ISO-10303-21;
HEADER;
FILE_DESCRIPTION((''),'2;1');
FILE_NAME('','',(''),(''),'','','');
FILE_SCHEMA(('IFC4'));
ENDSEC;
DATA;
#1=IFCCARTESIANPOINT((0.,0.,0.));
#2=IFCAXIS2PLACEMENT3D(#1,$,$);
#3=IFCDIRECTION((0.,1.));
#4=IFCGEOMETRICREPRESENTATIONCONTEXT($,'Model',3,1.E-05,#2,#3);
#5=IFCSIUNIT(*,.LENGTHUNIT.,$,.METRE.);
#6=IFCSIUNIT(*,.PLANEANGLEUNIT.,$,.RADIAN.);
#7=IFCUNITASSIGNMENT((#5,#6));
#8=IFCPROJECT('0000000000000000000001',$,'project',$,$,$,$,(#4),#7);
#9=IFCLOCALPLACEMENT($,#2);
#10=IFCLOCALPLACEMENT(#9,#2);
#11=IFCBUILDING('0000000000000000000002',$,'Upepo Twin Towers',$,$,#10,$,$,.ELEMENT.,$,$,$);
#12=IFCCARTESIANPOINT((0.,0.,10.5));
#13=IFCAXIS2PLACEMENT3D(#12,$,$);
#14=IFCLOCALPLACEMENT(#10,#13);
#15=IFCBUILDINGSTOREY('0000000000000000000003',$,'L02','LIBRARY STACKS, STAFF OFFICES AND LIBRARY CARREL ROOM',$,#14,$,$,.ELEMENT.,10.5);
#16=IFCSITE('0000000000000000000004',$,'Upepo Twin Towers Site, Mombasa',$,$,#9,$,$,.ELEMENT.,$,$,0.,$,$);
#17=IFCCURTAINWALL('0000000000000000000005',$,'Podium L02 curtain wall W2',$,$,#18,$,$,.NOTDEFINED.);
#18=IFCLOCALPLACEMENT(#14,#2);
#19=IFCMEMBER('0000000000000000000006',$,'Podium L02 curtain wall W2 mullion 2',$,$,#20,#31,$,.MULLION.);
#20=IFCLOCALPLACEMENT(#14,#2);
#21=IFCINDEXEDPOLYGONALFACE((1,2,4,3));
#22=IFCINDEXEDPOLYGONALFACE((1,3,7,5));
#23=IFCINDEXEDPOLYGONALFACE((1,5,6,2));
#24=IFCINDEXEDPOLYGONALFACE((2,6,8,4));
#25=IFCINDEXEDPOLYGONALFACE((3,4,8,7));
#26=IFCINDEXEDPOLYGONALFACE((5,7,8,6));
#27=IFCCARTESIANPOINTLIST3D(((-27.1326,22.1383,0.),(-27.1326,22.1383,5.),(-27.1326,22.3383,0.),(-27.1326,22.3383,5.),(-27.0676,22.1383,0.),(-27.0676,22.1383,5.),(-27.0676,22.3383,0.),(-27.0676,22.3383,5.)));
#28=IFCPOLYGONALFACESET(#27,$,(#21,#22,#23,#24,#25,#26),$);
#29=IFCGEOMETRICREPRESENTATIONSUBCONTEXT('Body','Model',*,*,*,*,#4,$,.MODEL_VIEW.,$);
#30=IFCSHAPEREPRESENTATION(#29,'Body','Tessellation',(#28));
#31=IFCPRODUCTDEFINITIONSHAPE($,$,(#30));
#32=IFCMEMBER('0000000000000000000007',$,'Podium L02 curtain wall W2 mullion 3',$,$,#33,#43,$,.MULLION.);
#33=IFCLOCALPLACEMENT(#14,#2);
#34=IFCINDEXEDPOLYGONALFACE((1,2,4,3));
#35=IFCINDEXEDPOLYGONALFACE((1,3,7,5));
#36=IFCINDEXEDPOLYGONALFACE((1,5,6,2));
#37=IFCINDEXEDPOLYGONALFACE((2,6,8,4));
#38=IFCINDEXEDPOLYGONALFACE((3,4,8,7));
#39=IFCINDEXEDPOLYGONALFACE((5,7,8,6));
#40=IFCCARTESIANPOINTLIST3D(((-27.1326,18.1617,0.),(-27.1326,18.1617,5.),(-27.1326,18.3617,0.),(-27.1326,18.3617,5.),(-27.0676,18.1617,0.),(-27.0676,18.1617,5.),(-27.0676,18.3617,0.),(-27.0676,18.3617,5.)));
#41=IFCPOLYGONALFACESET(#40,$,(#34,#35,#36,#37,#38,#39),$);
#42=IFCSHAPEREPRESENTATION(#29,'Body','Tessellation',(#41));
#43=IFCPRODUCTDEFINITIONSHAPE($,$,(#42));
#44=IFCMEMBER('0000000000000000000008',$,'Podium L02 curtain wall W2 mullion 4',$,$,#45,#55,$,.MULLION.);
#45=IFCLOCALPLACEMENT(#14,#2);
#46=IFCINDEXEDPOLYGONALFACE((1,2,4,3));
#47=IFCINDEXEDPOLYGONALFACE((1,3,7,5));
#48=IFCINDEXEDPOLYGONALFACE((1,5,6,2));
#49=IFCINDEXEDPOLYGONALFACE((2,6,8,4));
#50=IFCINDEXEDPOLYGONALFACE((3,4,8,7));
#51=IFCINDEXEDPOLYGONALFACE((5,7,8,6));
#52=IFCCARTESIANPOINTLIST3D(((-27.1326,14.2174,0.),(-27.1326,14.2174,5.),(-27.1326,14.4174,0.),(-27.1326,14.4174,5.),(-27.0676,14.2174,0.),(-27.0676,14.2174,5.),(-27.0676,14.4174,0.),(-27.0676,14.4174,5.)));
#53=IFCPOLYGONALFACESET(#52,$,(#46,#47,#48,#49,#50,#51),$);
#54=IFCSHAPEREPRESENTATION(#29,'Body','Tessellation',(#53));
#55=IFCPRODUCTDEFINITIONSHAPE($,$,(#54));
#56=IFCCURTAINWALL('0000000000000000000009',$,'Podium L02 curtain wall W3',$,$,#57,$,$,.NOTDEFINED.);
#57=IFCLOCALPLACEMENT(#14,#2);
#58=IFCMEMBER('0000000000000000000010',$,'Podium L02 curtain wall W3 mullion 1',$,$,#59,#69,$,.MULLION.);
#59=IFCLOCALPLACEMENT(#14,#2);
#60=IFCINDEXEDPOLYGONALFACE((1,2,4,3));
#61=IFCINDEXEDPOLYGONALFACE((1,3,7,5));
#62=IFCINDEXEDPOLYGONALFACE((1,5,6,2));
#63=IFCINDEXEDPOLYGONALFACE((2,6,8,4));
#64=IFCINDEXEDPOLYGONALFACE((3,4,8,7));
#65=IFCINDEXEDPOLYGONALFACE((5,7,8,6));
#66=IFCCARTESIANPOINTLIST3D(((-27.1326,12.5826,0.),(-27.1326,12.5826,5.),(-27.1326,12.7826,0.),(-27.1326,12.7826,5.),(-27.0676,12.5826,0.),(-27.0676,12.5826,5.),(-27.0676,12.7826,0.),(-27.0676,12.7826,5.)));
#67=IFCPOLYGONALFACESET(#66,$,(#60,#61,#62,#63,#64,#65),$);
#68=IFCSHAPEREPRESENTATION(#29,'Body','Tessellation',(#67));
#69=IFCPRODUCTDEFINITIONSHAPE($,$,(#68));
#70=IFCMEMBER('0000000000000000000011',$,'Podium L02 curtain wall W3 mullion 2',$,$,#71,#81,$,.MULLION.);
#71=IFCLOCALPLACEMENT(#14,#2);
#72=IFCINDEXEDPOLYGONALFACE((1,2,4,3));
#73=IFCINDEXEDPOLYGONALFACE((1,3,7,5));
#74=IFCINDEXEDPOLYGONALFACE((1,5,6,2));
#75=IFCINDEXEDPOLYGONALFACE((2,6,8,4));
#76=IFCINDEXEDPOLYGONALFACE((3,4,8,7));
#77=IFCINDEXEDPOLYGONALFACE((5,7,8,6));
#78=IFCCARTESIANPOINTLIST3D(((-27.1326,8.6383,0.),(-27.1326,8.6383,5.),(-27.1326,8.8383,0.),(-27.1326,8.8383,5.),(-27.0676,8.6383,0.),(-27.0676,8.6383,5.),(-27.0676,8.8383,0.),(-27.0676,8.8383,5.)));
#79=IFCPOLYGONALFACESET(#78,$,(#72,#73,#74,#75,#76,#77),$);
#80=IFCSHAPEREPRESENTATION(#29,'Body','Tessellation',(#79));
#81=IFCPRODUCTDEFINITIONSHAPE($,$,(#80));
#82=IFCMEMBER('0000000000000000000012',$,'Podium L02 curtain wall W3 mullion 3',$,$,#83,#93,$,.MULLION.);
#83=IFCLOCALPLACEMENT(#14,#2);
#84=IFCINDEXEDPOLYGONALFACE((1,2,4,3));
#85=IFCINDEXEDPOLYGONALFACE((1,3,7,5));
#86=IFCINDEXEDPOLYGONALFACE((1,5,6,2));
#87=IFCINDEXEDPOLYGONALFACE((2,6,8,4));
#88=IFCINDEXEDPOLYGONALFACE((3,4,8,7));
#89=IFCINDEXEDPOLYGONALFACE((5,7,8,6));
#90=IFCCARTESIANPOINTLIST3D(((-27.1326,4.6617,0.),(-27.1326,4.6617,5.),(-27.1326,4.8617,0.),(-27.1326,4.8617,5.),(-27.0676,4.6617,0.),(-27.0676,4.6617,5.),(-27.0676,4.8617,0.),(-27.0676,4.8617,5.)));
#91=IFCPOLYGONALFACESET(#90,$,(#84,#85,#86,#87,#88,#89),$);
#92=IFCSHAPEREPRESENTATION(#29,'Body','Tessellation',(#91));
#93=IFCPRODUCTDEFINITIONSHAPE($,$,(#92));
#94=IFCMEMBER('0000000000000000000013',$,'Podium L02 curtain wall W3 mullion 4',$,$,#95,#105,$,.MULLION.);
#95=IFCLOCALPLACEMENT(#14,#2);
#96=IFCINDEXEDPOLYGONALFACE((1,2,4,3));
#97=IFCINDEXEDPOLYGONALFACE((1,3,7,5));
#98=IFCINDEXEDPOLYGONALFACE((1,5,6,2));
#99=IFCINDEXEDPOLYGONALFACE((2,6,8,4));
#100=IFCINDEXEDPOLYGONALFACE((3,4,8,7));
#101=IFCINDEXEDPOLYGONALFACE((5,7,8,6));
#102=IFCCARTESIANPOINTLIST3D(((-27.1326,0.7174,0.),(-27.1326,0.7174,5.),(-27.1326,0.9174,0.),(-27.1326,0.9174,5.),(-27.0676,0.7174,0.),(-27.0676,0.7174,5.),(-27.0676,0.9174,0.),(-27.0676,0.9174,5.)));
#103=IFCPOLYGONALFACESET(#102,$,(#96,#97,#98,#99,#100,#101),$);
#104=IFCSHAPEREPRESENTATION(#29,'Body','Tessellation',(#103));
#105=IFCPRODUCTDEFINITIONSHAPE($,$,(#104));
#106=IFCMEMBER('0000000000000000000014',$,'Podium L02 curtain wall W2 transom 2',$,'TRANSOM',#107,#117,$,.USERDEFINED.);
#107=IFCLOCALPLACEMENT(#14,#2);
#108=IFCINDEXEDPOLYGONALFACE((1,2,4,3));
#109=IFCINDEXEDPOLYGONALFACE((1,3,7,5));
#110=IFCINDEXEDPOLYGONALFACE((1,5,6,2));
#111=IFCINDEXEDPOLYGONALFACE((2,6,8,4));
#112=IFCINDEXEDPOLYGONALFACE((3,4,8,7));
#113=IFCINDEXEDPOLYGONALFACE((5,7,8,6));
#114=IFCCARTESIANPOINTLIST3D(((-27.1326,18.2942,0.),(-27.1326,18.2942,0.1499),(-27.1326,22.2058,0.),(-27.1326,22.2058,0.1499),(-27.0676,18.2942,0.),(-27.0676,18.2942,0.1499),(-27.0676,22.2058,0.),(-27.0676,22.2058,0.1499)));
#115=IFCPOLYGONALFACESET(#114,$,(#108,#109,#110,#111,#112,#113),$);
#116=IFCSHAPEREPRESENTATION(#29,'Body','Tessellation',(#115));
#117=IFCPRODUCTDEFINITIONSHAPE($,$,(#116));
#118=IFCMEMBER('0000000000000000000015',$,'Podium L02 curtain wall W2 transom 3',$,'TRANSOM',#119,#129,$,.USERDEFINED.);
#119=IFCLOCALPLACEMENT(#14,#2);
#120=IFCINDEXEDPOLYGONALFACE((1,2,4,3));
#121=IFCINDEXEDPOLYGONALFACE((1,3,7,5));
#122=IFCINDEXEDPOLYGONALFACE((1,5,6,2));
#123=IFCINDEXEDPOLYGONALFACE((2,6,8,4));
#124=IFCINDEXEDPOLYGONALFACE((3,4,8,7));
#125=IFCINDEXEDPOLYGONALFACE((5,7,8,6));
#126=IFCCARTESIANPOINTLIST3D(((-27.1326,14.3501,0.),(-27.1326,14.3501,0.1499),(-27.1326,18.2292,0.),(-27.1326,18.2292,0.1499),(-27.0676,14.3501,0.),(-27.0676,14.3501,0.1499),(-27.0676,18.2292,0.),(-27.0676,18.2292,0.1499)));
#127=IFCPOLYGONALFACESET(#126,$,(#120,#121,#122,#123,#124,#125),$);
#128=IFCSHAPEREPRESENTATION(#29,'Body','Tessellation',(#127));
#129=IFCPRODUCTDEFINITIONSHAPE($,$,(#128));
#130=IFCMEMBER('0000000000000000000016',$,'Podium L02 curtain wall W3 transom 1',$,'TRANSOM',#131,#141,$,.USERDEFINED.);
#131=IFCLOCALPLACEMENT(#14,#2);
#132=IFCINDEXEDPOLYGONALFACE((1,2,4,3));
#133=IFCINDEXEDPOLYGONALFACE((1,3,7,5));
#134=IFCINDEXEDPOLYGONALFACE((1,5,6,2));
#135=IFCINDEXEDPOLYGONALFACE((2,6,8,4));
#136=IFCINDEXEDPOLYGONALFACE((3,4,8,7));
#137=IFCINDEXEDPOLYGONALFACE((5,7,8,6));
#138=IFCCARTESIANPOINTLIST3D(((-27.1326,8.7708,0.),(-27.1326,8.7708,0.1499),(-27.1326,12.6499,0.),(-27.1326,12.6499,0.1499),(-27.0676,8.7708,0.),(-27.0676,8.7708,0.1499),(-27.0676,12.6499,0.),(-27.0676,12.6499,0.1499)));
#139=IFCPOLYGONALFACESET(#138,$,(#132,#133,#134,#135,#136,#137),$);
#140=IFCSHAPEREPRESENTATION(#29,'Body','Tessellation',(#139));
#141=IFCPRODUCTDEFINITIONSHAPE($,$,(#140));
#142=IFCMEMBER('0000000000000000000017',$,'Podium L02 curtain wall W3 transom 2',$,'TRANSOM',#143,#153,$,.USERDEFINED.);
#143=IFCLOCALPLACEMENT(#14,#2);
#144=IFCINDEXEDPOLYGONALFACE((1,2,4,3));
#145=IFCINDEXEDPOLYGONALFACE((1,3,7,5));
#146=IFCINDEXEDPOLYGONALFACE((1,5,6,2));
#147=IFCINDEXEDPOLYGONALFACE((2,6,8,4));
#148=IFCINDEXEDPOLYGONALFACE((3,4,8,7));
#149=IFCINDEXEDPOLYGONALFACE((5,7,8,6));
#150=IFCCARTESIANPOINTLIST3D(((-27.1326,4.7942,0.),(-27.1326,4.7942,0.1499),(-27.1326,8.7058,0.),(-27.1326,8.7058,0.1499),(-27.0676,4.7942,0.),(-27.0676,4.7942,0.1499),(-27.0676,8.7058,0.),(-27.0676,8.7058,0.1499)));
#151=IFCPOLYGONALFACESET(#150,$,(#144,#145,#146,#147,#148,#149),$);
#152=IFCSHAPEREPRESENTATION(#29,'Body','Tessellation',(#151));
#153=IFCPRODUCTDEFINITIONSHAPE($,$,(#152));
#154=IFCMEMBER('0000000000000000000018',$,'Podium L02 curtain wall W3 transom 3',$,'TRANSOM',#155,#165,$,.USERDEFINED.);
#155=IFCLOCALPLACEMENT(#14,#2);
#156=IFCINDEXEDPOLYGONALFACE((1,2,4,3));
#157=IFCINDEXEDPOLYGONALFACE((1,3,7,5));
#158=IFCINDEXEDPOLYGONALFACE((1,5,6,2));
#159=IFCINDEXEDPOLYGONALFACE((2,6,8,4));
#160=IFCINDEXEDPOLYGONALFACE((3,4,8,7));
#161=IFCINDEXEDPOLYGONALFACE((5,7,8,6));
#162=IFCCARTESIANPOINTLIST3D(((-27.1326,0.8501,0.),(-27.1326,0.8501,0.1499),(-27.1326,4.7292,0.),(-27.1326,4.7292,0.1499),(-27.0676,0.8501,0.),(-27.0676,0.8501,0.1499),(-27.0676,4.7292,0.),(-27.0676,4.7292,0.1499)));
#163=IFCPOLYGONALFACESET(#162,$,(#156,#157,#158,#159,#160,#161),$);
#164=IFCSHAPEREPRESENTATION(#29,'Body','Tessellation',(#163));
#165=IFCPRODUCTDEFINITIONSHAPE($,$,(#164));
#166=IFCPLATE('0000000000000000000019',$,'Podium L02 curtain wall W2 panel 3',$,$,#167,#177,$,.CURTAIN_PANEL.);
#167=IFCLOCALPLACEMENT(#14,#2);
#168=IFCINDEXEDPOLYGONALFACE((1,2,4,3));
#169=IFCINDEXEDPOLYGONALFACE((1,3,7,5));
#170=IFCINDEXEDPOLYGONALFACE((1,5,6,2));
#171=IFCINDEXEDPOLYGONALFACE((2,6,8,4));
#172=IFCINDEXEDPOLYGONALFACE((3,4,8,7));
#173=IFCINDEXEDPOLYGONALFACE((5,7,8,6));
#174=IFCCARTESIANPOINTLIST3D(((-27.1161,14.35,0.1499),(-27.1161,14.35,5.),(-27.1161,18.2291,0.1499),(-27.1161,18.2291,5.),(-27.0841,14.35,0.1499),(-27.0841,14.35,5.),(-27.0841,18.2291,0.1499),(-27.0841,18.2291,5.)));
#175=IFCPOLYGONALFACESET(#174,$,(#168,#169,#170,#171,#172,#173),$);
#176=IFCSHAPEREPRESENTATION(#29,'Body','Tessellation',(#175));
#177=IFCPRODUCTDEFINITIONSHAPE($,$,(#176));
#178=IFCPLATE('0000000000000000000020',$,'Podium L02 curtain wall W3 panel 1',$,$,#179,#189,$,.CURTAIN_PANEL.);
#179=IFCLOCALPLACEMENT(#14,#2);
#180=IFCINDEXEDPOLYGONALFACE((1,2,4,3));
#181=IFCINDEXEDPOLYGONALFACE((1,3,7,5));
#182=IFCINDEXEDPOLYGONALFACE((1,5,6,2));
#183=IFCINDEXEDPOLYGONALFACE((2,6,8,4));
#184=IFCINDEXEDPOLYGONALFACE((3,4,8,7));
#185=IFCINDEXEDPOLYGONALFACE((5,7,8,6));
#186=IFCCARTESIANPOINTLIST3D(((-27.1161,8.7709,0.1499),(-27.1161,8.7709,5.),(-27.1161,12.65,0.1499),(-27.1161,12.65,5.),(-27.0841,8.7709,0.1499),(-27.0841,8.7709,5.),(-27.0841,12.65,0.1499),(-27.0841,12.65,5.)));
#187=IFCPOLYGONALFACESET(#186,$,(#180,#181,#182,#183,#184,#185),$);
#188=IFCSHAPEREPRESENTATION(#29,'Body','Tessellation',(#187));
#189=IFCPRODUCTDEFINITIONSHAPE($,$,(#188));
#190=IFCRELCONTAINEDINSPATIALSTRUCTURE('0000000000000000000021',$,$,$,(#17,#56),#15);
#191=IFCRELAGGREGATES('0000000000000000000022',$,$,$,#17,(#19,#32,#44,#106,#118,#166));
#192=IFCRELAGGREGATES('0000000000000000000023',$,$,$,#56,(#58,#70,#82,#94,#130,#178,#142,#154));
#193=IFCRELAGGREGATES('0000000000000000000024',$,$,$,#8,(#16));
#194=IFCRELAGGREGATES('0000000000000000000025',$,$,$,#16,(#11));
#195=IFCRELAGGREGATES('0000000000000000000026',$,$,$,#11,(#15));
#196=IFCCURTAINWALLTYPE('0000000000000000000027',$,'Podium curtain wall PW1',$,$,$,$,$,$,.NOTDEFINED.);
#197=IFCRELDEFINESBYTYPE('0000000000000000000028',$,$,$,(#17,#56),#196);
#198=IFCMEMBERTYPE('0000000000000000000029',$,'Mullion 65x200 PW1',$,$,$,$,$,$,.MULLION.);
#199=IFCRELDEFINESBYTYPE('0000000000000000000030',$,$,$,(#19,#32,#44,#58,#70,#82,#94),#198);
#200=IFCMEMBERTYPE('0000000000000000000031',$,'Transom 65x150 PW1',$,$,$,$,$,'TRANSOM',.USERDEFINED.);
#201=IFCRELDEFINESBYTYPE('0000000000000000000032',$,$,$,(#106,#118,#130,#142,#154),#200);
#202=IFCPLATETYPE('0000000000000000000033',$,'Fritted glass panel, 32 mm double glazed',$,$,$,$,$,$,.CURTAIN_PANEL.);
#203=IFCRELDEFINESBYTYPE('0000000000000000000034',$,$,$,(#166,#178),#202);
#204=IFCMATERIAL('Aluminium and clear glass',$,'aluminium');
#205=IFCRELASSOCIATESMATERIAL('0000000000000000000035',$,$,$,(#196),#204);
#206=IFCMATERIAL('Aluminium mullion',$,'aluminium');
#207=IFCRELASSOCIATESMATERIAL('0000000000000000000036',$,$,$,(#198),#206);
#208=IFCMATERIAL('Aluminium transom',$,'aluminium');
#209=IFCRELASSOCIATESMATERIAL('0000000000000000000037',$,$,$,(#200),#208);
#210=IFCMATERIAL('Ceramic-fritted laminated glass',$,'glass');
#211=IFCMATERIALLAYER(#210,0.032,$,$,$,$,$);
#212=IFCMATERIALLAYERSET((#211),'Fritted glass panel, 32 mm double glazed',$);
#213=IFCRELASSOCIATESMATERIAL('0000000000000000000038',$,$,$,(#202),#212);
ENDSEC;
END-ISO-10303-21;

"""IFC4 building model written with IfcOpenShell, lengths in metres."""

from ifc_helpers import new_model, si_unit, direction, frame, origin, origin_2d, place, context, subcontext, project, spatial, rectangle, extrude, material, layer, layer_set, material_profile, profile_set, type_object, element, aggregate, save


model = new_model("IFC4")

# Units and contexts
model_context = context("Model", 3, precision=1e-05, world=origin(), true_north=direction((0.0, 1.0)))
body_context = subcontext(model_context, "Body", "Model", "MODEL_VIEW")
ifc_project = project(units=[si_unit("LENGTHUNIT", "METRE"), si_unit("PLANEANGLEUNIT", "RADIAN")], contexts=[model_context])

# Site, building, storey
site_placement = place(None, origin())
site = spatial("IfcSite", under=ifc_project, at=site_placement, Name="Upepo Twin Towers Site, Mombasa", CompositionType="ELEMENT", RefElevation=0.0)
building_placement = place(site_placement, origin())
building = spatial("IfcBuilding", under=site, at=building_placement, Name="Upepo Twin Towers", CompositionType="ELEMENT")
storey_placement = place(building_placement, frame((0.0, 0.0, 10.5)))
storey = spatial("IfcBuildingStorey", under=building, at=storey_placement, Name="L02", Description="LIBRARY STACKS, STAFF OFFICES AND LIBRARY CARREL ROOM", CompositionType="ELEMENT", Elevation=10.5)

# Curtain walls, members
ifc_material_1 = material(Name="Aluminium and clear glass", Category="aluminium")
curtain_wall_type = type_object("IfcCurtainWallType", Name="Podium curtain wall PW1", PredefinedType="NOTDEFINED", material=ifc_material_1)
curtain_wall_1_placement = place(storey_placement, origin())
curtain_wall_1 = element("IfcCurtainWall", 1, at=curtain_wall_1_placement, inside=storey, type_object=curtain_wall_type, Name="Podium L02 curtain wall W2", PredefinedType="NOTDEFINED")
ifc_material_2 = material(Name="Aluminium mullion", Category="aluminium")
ifc_material_profile_1 = material_profile(ifc_material_2, rectangle(XDim=0.0649, YDim=0.2, at=origin_2d()), Name="MULLION 65x200 PODIUM")
ifc_profile_set_1 = profile_set([ifc_material_profile_1], Name="Aluminium mullion")
member_type_1 = type_object("IfcMemberType", Name="Mullion 65x200 PW1", PredefinedType="MULLION", material=ifc_profile_set_1)
member_1_placement = place(storey_placement, frame((-27.1001, 22.2383, 0.0), z_axis=(0.0, 0.0, 1.0), x_axis=(1.0, 0.0, 0.0)))
member_1 = element("IfcMember", 2, at=member_1_placement, type_object=member_type_1, Name="Podium L02 curtain wall W2 mullion 2", PredefinedType="MULLION", context=body_context, shape_type="SweptSolid", body=[
    extrude(rectangle(XDim=0.0649, YDim=0.2, at=origin_2d()), origin(), (0.0, 0.0, 1.0), 5.0),
])
member_2_placement = place(storey_placement, frame((-27.1001, 18.2617, 0.0), z_axis=(0.0, 0.0, 1.0), x_axis=(1.0, 0.0, 0.0)))
member_2 = element("IfcMember", 3, at=member_2_placement, type_object=member_type_1, Name="Podium L02 curtain wall W2 mullion 3", PredefinedType="MULLION", context=body_context, shape_type="SweptSolid", body=[
    extrude(rectangle(XDim=0.0649, YDim=0.2, at=origin_2d()), origin(), (0.0, 0.0, 1.0), 5.0),
])
member_3_placement = place(storey_placement, frame((-27.1001, 14.3174, 0.0), z_axis=(0.0, 0.0, 1.0), x_axis=(1.0, 0.0, 0.0)))
member_3 = element("IfcMember", 4, at=member_3_placement, type_object=member_type_1, Name="Podium L02 curtain wall W2 mullion 4", PredefinedType="MULLION", context=body_context, shape_type="SweptSolid", body=[
    extrude(rectangle(XDim=0.0649, YDim=0.2, at=origin_2d()), origin(), (0.0, 0.0, 1.0), 5.0),
])
curtain_wall_2_placement = place(storey_placement, origin())
curtain_wall_2 = element("IfcCurtainWall", 5, at=curtain_wall_2_placement, inside=storey, type_object=curtain_wall_type, Name="Podium L02 curtain wall W3", PredefinedType="NOTDEFINED")
member_4_placement = place(storey_placement, frame((-27.1001, 12.6826, 0.0), z_axis=(0.0, 0.0, 1.0), x_axis=(1.0, 0.0, 0.0)))
member_4 = element("IfcMember", 6, at=member_4_placement, type_object=member_type_1, Name="Podium L02 curtain wall W3 mullion 1", PredefinedType="MULLION", context=body_context, shape_type="SweptSolid", body=[
    extrude(rectangle(XDim=0.0649, YDim=0.2, at=origin_2d()), origin(), (0.0, 0.0, 1.0), 5.0),
])
member_5_placement = place(storey_placement, frame((-27.1001, 8.7383, 0.0), z_axis=(0.0, 0.0, 1.0), x_axis=(1.0, 0.0, 0.0)))
member_5 = element("IfcMember", 7, at=member_5_placement, type_object=member_type_1, Name="Podium L02 curtain wall W3 mullion 2", PredefinedType="MULLION", context=body_context, shape_type="SweptSolid", body=[
    extrude(rectangle(XDim=0.0649, YDim=0.2, at=origin_2d()), origin(), (0.0, 0.0, 1.0), 5.0),
])
member_6_placement = place(storey_placement, frame((-27.1001, 4.7617, 0.0), z_axis=(0.0, 0.0, 1.0), x_axis=(1.0, 0.0, 0.0)))
member_6 = element("IfcMember", 8, at=member_6_placement, type_object=member_type_1, Name="Podium L02 curtain wall W3 mullion 3", PredefinedType="MULLION", context=body_context, shape_type="SweptSolid", body=[
    extrude(rectangle(XDim=0.0649, YDim=0.2, at=origin_2d()), origin(), (0.0, 0.0, 1.0), 5.0),
])
member_7_placement = place(storey_placement, frame((-27.1001, 0.8174, 0.0), z_axis=(0.0, 0.0, 1.0), x_axis=(1.0, 0.0, 0.0)))
member_7 = element("IfcMember", 9, at=member_7_placement, type_object=member_type_1, Name="Podium L02 curtain wall W3 mullion 4", PredefinedType="MULLION", context=body_context, shape_type="SweptSolid", body=[
    extrude(rectangle(XDim=0.0649, YDim=0.2, at=origin_2d()), origin(), (0.0, 0.0, 1.0), 5.0),
])

# Members
ifc_material_3 = material(Name="Aluminium transom", Category="aluminium")
ifc_material_profile_2 = material_profile(ifc_material_3, rectangle(XDim=0.0649, YDim=0.1499, at=origin_2d()), Name="TRANSOM 65x150 PODIUM")
ifc_profile_set_2 = profile_set([ifc_material_profile_2], Name="Aluminium transom")
member_type_2 = type_object("IfcMemberType", Name="Transom 65x150 PW1", ElementType="TRANSOM", PredefinedType="USERDEFINED", material=ifc_profile_set_2)
member_8_placement = place(storey_placement, frame((-27.1001, 22.2058, 0.075), z_axis=(0.0, -1.0, 0.0), x_axis=(1.0, 0.0, 0.0)))
member_8 = element("IfcMember", 10, at=member_8_placement, type_object=member_type_2, Name="Podium L02 curtain wall W2 transom 2", ObjectType="TRANSOM", PredefinedType="USERDEFINED", context=body_context, shape_type="SweptSolid", body=[
    extrude(rectangle(XDim=0.0649, YDim=0.1499, at=origin_2d()), origin(), (0.0, 0.0, 1.0), 3.9116),
])
member_9_placement = place(storey_placement, frame((-27.1001, 18.2292, 0.075), z_axis=(0.0, -1.0, 0.0), x_axis=(1.0, 0.0, 0.0)))
member_9 = element("IfcMember", 11, at=member_9_placement, type_object=member_type_2, Name="Podium L02 curtain wall W2 transom 3", ObjectType="TRANSOM", PredefinedType="USERDEFINED", context=body_context, shape_type="SweptSolid", body=[
    extrude(rectangle(XDim=0.0649, YDim=0.1499, at=origin_2d()), origin(), (0.0, 0.0, 1.0), 3.8792),
])
member_10_placement = place(storey_placement, frame((-27.1001, 12.6499, 0.075), z_axis=(0.0, -1.0, 0.0), x_axis=(1.0, 0.0, 0.0)))
member_10 = element("IfcMember", 12, at=member_10_placement, type_object=member_type_2, Name="Podium L02 curtain wall W3 transom 1", ObjectType="TRANSOM", PredefinedType="USERDEFINED", context=body_context, shape_type="SweptSolid", body=[
    extrude(rectangle(XDim=0.0649, YDim=0.1499, at=origin_2d()), origin(), (0.0, 0.0, 1.0), 3.8792),
])
member_11_placement = place(storey_placement, frame((-27.1001, 8.7058, 0.075), z_axis=(0.0, -1.0, 0.0), x_axis=(1.0, 0.0, 0.0)))
member_11 = element("IfcMember", 13, at=member_11_placement, type_object=member_type_2, Name="Podium L02 curtain wall W3 transom 2", ObjectType="TRANSOM", PredefinedType="USERDEFINED", context=body_context, shape_type="SweptSolid", body=[
    extrude(rectangle(XDim=0.0649, YDim=0.1499, at=origin_2d()), origin(), (0.0, 0.0, 1.0), 3.9116),
])
member_12_placement = place(storey_placement, frame((-27.1001, 4.7292, 0.075), z_axis=(0.0, -1.0, 0.0), x_axis=(1.0, 0.0, 0.0)))
member_12 = element("IfcMember", 14, at=member_12_placement, type_object=member_type_2, Name="Podium L02 curtain wall W3 transom 3", ObjectType="TRANSOM", PredefinedType="USERDEFINED", context=body_context, shape_type="SweptSolid", body=[
    extrude(rectangle(XDim=0.0649, YDim=0.1499, at=origin_2d()), origin(), (0.0, 0.0, 1.0), 3.8792),
])

# Plates
ifc_material_4 = material(Name="Ceramic-fritted laminated glass", Category="glass")
ifc_layer_1 = layer(ifc_material_4, 0.032)
ifc_layer_set_1 = layer_set([ifc_layer_1], Name="Fritted glass panel, 32 mm double glazed")
plate_type_1 = type_object("IfcPlateType", Name="Fritted glass panel, 32 mm double glazed", PredefinedType="CURTAIN_PANEL", material=ifc_layer_set_1)
plate_1_placement = place(storey_placement, frame((-27.1001, 16.2896, 0.1499), z_axis=(0.0, 0.0, 1.0), x_axis=(0.0, -1.0, 0.0)))
plate_1 = element("IfcPlate", 15, at=plate_1_placement, type_object=plate_type_1, Name="Podium L02 curtain wall W2 panel 3", PredefinedType="CURTAIN_PANEL", context=body_context, shape_type="SweptSolid", body=[
    extrude(rectangle(XDim=3.8792, YDim=0.032, at=origin_2d()), origin(), (0.0, 0.0, 1.0), 4.8501),
])
plate_2_placement = place(storey_placement, frame((-27.1001, 10.7104, 0.1499), z_axis=(0.0, 0.0, 1.0), x_axis=(0.0, -1.0, 0.0)))
plate_2 = element("IfcPlate", 16, at=plate_2_placement, type_object=plate_type_1, Name="Podium L02 curtain wall W3 panel 1", PredefinedType="CURTAIN_PANEL", context=body_context, shape_type="SweptSolid", body=[
    extrude(rectangle(XDim=3.8792, YDim=0.032, at=origin_2d()), origin(), (0.0, 0.0, 1.0), 4.8501),
])
aggregate(curtain_wall_1, [member_1, member_2, member_3, member_8, member_9, plate_1])
aggregate(curtain_wall_2, [member_4, member_5, member_6, member_7, member_10, plate_2, member_11, member_12])

save(model, "model.ifc")
